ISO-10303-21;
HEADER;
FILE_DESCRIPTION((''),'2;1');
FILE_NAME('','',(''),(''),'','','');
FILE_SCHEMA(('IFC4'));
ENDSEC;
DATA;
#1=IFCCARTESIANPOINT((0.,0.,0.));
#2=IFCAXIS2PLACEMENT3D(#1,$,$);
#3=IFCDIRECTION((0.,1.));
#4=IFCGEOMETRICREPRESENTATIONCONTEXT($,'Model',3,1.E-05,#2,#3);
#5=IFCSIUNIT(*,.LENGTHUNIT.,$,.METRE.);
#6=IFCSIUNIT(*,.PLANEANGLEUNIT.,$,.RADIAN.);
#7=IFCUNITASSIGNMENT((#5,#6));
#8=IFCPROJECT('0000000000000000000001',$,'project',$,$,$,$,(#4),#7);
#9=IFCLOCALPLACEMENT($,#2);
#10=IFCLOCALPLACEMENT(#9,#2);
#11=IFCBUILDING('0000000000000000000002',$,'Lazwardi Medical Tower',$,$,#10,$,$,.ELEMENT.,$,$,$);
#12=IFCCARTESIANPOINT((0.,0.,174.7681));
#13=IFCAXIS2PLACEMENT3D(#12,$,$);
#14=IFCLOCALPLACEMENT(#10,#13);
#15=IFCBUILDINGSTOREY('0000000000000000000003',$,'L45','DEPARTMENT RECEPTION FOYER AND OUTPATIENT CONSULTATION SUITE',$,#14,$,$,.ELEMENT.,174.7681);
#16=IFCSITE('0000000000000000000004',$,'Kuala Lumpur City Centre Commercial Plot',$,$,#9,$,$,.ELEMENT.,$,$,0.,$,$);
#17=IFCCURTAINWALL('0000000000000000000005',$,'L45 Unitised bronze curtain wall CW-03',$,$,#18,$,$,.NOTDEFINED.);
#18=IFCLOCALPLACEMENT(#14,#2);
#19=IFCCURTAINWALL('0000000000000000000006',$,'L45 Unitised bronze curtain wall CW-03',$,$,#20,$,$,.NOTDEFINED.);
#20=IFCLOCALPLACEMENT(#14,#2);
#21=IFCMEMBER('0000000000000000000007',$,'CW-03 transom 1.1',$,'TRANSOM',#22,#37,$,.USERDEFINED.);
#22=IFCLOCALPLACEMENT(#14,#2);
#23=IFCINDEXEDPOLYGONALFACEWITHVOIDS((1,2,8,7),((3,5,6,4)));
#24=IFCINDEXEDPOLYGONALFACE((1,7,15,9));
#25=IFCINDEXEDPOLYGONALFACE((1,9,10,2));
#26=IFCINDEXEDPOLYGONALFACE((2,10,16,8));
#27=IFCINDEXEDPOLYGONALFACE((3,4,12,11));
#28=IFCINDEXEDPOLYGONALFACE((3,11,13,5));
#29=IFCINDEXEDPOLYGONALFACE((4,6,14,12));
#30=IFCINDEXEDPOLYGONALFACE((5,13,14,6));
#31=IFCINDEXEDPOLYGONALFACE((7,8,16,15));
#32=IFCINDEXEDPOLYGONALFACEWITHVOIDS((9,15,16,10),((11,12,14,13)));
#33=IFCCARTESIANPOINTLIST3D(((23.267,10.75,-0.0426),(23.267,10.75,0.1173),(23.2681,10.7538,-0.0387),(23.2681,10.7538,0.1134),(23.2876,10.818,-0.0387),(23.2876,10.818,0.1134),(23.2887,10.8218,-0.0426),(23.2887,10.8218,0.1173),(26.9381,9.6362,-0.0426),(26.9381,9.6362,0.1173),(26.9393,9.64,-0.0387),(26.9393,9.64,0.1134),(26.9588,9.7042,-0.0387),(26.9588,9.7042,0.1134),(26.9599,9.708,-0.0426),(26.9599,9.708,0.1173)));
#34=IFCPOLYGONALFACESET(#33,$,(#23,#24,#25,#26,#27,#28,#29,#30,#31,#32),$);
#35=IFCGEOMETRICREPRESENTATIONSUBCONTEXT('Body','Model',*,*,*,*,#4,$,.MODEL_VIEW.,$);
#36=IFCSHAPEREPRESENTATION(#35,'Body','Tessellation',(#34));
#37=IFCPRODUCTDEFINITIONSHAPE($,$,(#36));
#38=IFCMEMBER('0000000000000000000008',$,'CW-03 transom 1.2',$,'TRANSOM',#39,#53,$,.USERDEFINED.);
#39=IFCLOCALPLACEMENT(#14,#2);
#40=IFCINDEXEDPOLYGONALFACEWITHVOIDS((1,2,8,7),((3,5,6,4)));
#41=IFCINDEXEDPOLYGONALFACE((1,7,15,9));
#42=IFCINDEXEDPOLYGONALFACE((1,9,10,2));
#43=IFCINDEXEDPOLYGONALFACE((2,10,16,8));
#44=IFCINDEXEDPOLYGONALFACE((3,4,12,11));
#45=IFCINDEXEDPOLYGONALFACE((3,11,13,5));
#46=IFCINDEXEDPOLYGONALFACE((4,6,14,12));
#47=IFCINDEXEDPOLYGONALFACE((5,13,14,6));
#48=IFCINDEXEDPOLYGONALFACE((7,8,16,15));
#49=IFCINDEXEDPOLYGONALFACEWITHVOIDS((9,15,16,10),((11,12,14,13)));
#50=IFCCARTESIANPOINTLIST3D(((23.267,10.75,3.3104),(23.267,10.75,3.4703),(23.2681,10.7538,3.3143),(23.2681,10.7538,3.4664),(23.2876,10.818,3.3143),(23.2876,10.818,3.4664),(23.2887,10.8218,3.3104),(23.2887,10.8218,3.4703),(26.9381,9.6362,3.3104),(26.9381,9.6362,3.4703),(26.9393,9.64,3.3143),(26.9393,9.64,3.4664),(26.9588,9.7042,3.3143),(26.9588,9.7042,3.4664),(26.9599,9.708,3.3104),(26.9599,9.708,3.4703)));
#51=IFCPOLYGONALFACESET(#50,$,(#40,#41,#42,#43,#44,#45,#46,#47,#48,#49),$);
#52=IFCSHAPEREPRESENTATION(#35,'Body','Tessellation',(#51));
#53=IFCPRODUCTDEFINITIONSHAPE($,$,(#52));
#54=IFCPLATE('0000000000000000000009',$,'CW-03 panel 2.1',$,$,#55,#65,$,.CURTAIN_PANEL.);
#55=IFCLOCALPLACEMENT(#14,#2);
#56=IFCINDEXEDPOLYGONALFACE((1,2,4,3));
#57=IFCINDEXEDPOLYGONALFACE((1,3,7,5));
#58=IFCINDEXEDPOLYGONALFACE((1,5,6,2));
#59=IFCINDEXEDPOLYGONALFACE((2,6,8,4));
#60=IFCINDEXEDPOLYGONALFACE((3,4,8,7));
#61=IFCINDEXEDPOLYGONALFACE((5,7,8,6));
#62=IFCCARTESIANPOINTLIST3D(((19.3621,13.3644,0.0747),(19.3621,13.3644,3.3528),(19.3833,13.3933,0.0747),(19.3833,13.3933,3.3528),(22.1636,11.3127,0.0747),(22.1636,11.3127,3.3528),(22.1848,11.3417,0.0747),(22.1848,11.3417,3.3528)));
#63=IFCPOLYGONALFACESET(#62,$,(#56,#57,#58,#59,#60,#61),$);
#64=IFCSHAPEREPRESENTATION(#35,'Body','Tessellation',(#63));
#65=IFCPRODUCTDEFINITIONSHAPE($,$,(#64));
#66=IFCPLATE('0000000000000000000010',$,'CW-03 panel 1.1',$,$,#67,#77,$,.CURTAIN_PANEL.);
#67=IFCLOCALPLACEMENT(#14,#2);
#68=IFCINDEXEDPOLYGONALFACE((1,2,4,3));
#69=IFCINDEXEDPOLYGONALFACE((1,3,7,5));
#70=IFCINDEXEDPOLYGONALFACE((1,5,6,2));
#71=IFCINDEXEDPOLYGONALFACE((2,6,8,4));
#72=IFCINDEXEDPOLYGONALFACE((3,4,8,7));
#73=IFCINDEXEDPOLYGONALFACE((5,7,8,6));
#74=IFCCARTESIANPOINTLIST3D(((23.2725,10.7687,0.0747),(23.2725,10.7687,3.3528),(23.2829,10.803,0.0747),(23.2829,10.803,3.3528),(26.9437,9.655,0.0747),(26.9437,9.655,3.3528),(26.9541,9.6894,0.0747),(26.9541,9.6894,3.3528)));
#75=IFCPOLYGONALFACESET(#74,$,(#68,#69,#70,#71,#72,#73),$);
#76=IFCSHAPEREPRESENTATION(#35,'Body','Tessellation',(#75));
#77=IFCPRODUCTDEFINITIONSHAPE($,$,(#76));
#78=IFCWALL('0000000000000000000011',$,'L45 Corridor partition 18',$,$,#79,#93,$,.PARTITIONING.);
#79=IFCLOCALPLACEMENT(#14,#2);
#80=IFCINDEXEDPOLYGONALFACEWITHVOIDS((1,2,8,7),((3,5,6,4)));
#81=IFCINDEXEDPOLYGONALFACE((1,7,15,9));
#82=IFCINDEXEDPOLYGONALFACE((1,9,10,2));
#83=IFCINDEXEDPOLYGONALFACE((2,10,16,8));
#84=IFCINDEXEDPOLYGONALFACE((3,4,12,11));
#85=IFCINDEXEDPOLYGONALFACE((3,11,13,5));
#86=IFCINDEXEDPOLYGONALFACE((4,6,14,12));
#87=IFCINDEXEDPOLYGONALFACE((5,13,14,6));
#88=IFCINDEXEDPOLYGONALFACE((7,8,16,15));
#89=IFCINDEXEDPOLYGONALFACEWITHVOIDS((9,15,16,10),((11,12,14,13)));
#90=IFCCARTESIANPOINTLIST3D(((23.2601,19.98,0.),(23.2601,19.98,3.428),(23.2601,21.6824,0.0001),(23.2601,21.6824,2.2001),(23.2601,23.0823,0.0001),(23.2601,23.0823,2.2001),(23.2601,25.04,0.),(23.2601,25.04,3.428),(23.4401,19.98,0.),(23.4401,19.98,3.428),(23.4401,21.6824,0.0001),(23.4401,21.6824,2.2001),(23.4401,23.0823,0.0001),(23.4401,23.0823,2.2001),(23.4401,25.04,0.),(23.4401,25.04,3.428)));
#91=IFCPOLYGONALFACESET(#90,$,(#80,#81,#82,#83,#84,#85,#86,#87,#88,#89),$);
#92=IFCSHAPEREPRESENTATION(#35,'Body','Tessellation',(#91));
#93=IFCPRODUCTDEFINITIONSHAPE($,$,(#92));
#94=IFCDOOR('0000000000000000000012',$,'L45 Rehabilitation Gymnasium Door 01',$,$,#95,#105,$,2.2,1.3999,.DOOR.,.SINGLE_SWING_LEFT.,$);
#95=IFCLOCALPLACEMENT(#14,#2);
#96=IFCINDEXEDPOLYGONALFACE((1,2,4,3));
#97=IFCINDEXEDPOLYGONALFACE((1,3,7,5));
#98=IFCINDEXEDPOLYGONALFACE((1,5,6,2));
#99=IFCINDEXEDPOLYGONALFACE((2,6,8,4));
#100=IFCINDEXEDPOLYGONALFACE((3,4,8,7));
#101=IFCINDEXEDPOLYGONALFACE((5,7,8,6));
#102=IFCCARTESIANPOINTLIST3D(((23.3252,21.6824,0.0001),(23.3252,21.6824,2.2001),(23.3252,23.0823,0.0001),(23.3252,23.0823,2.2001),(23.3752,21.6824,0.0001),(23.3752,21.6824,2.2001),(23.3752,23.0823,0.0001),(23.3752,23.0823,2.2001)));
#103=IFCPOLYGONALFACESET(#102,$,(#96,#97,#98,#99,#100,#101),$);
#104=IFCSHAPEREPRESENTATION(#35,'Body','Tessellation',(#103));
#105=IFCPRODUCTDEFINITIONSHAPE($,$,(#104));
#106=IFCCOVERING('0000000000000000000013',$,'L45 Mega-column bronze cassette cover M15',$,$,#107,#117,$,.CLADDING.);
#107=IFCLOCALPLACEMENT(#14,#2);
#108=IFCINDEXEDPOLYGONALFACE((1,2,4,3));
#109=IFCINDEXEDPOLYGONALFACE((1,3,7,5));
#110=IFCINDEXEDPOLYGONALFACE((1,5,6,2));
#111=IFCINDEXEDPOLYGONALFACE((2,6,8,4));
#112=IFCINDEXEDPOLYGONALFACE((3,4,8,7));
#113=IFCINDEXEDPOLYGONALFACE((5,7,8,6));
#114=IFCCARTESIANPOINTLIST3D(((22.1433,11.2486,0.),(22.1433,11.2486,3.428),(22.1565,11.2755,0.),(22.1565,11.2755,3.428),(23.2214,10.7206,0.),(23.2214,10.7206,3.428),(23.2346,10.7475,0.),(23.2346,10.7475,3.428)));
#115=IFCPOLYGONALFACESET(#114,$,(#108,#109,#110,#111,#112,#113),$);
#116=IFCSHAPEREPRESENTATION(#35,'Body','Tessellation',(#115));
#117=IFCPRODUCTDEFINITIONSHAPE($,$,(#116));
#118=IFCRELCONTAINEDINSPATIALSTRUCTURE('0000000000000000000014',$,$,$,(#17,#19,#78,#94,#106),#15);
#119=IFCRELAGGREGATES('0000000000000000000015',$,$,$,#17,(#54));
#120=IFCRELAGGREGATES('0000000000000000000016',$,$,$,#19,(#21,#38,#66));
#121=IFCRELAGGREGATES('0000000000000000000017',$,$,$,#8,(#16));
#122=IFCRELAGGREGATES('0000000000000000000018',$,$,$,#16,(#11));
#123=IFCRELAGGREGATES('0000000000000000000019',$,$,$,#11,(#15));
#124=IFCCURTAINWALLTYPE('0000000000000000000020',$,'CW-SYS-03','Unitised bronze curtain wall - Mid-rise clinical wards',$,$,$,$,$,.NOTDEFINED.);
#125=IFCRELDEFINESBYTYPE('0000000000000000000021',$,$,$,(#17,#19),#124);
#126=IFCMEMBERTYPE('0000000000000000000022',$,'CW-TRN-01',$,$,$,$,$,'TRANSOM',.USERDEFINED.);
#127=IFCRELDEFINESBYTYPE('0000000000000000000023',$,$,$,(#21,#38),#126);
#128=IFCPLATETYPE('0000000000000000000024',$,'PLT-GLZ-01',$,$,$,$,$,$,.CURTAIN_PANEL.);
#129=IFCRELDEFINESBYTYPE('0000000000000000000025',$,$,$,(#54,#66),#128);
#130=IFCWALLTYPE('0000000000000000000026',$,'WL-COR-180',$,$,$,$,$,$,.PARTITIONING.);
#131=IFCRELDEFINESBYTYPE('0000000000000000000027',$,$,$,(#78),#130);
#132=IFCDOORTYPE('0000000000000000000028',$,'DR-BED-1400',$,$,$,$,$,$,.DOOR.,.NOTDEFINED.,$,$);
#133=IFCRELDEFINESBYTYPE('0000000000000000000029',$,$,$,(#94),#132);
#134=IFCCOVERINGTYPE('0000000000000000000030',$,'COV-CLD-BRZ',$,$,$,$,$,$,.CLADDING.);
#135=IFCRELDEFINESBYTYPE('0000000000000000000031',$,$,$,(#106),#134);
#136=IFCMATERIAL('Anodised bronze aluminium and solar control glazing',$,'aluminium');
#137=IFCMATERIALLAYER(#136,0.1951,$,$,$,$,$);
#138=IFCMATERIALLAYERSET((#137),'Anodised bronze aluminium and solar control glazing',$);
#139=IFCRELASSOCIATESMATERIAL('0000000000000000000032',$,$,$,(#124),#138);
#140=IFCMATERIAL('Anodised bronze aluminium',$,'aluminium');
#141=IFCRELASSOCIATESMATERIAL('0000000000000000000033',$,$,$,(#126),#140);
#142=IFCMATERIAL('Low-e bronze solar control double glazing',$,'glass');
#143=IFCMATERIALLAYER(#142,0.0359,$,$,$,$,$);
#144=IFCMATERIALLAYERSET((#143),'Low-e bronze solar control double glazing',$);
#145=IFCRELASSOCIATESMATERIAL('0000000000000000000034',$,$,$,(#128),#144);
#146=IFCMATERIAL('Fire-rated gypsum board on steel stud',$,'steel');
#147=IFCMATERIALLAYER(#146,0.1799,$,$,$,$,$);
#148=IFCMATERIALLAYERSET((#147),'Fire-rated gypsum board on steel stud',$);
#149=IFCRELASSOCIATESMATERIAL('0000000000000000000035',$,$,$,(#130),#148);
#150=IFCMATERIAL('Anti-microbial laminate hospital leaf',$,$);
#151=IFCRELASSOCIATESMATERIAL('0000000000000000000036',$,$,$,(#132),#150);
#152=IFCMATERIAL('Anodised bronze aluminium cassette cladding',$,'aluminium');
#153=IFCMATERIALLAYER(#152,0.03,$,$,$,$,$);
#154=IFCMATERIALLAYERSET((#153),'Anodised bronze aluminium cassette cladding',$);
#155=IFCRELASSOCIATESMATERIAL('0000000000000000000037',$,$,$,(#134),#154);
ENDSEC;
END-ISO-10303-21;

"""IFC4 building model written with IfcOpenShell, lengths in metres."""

from ifc_helpers import new_model, si_unit, direction, frame, frame_2d, origin, origin_2d, place, context, subcontext, project, spatial, rectangle, hollow_rectangle, extrude, material, layer, layer_set, material_profile, profile_set, type_object, element, fill, aggregate, save


model = new_model("IFC4")

# Units and contexts
model_context = context("Model", 3, precision=1e-05, world=origin(), true_north=direction((0.0, 1.0)))
body_context = subcontext(model_context, "Body", "Model", "MODEL_VIEW")
ifc_project = project(units=[si_unit("LENGTHUNIT", "METRE"), si_unit("PLANEANGLEUNIT", "RADIAN")], contexts=[model_context])

# Site, building, storey
site_placement = place(None, origin())
site = spatial("IfcSite", under=ifc_project, at=site_placement, Name="Kuala Lumpur City Centre Commercial Plot", CompositionType="ELEMENT", RefElevation=0.0)
building_placement = place(site_placement, origin())
building = spatial("IfcBuilding", under=site, at=building_placement, Name="Lazwardi Medical Tower", CompositionType="ELEMENT")
storey_placement = place(building_placement, frame((0.0, 0.0, 174.7681)))
storey = spatial("IfcBuildingStorey", under=building, at=storey_placement, Name="L45", Description="DEPARTMENT RECEPTION FOYER AND OUTPATIENT CONSULTATION SUITE", CompositionType="ELEMENT", Elevation=174.7681)

# Curtain wall
ifc_material_1 = material(Name="Anodised bronze aluminium and solar control glazing", Category="aluminium")
ifc_layer_1 = layer(ifc_material_1, 0.1951)
ifc_layer_set_1 = layer_set([ifc_layer_1], Name="Anodised bronze aluminium and solar control glazing")
curtain_wall_type = type_object("IfcCurtainWallType", Name="CW-SYS-03", Description="Unitised bronze curtain wall - Mid-rise clinical wards", PredefinedType="NOTDEFINED", material=ifc_layer_set_1)
curtain_wall_1_placement = place(storey_placement, origin())
curtain_wall_1 = element("IfcCurtainWall", 1, at=curtain_wall_1_placement, inside=storey, type_object=curtain_wall_type, Name="L45 Unitised bronze curtain wall CW-03", PredefinedType="NOTDEFINED")
ifc_material_2 = material(Name="Anodised bronze aluminium", Category="aluminium")

# Curtain wall
curtain_wall_2_placement = place(storey_placement, origin())
curtain_wall_2 = element("IfcCurtainWall", 2, at=curtain_wall_2_placement, inside=storey, type_object=curtain_wall_type, Name="L45 Unitised bronze curtain wall CW-03", PredefinedType="NOTDEFINED")

# Members
ifc_material_profile_1 = material_profile(ifc_material_2, hollow_rectangle(XDim=0.075, YDim=0.1599, WallThickness=0.0039, at=origin_2d()), Name="ALU-TRANSOM 160x75x4")
ifc_profile_set_1 = profile_set([ifc_material_profile_1], Name="Anodised bronze aluminium")
member_type_1 = type_object("IfcMemberType", Name="CW-TRN-01", ElementType="TRANSOM", PredefinedType="USERDEFINED", material=ifc_profile_set_1)
member_1_placement = place(storey_placement, frame((23.2778, 10.7859, 0.0374), z_axis=(0.95693, -0.290318, 0.0), x_axis=(0.290318, 0.95693, 0.0)))
member_1 = element("IfcMember", 3, at=member_1_placement, type_object=member_type_1, Name="CW-03 transom 1.1", ObjectType="TRANSOM", PredefinedType="USERDEFINED", context=body_context, shape_type="SweptSolid", body=[
    extrude(hollow_rectangle(XDim=0.075, YDim=0.1599, WallThickness=0.0039, at=origin_2d()), origin(), (0.0, 0.0, 1.0), 3.8364),
])
member_2_placement = place(storey_placement, frame((23.2778, 10.7859, 3.3904), z_axis=(0.95693, -0.290318, 0.0), x_axis=(0.290318, 0.95693, 0.0)))
member_2 = element("IfcMember", 4, at=member_2_placement, type_object=member_type_1, Name="CW-03 transom 1.2", ObjectType="TRANSOM", PredefinedType="USERDEFINED", context=body_context, shape_type="SweptSolid", body=[
    extrude(hollow_rectangle(XDim=0.075, YDim=0.1599, WallThickness=0.0039, at=origin_2d()), origin(), (0.0, 0.0, 1.0), 3.8364),
])

# Plates
ifc_material_3 = material(Name="Low-e bronze solar control double glazing", Category="glass")
ifc_layer_2 = layer(ifc_material_3, 0.0359)
ifc_layer_set_2 = layer_set([ifc_layer_2], Name="Low-e bronze solar control double glazing")
plate_type = type_object("IfcPlateType", Name="PLT-GLZ-01", PredefinedType="CURTAIN_PANEL", material=ifc_layer_set_2)
plate_1_placement = place(storey_placement, frame((20.7734, 12.353, 0.0747), z_axis=(0.0, 0.0, 1.0), x_axis=(0.806793, -0.590834, 0.0)))
plate_1 = element("IfcPlate", 5, at=plate_1_placement, type_object=plate_type, Name="CW-03 panel 2.1", PredefinedType="CURTAIN_PANEL", context=body_context, shape_type="SweptSolid", body=[
    extrude(rectangle(XDim=3.4724, YDim=0.0359, at=origin_2d()), origin(), (0.0, 0.0, 1.0), 3.2781),
])
aggregate(curtain_wall_1, [plate_1])
plate_2_placement = place(storey_placement, frame((25.1133, 10.229, 0.0747), z_axis=(0.0, 0.0, 1.0), x_axis=(0.956942, -0.290281, 0.0)))
plate_2 = element("IfcPlate", 6, at=plate_2_placement, type_object=plate_type, Name="CW-03 panel 1.1", PredefinedType="CURTAIN_PANEL", context=body_context, shape_type="SweptSolid", body=[
    extrude(rectangle(XDim=3.8364, YDim=0.0359, at=origin_2d()), origin(), (0.0, 0.0, 1.0), 3.2781),
])
aggregate(curtain_wall_2, [member_1, member_2, plate_2])

# Wall, opening, door
ifc_material_4 = material(Name="Fire-rated gypsum board on steel stud", Category="steel")
ifc_layer_3 = layer(ifc_material_4, 0.1799)
ifc_layer_set_3 = layer_set([ifc_layer_3], Name="Fire-rated gypsum board on steel stud")
wall_type = type_object("IfcWallType", Name="WL-COR-180", PredefinedType="PARTITIONING", material=ifc_layer_set_3)
wall_placement = place(storey_placement, frame((23.3501, 19.98, 0.0), z_axis=(0.0, 0.0, 1.0), x_axis=(0.0, 1.0, 0.0)))
wall = element("IfcWall", 7, at=wall_placement, inside=storey, type_object=wall_type, Name="L45 Corridor partition 18", PredefinedType="PARTITIONING", context=body_context, shape_type="SweptSolid", body=[
    extrude(rectangle(XDim=5.0601, YDim=0.1799, at=frame_2d((2.53, 0.0))), origin(), (0.0, 0.0, 1.0), 3.428),
])
opening_placement = place(wall_placement, frame((1.7024, 0.0, 0.0)))
opening = element("IfcOpeningElement", 8, at=opening_placement, cuts=wall, PredefinedType="OPENING", context=body_context, shape_type="SweptSolid", body=[
    extrude(rectangle(XDim=1.3999, YDim=2.2, at=frame_2d((0.7, 1.1001))), frame((0.0, 0.0999, 0.0), z_axis=(0.0, -1.0, 0.0), x_axis=(1.0, 0.0, 0.0)), (0.0, 0.0, 1.0), 0.2),
])
ifc_material_5 = material(Name="Anti-microbial laminate hospital leaf")
door_type = type_object("IfcDoorType", Name="DR-BED-1400", OperationType="NOTDEFINED", PredefinedType="DOOR", material=ifc_material_5)
door_placement = place(opening_placement, origin())
door = element("IfcDoor", 9, at=door_placement, inside=storey, type_object=door_type, Name="L45 Rehabilitation Gymnasium Door 01", OperationType="SINGLE_SWING_LEFT", OverallHeight=2.2, OverallWidth=1.3999, PredefinedType="DOOR", context=body_context, shape_type="SweptSolid", body=[
    extrude(rectangle(XDim=1.3999, YDim=2.2, at=frame_2d((0.7, 1.1001))), frame((0.0, 0.0249, 0.0), z_axis=(0.0, -1.0, 0.0), x_axis=(1.0, 0.0, 0.0)), (0.0, 0.0, 1.0), 0.05),
])
fill(opening, door)

# Covering
ifc_material_6 = material(Name="Anodised bronze aluminium cassette cladding", Category="aluminium")
ifc_layer_4 = layer(ifc_material_6, 0.03)
ifc_layer_set_4 = layer_set([ifc_layer_4], Name="Anodised bronze aluminium cassette cladding")
covering_type = type_object("IfcCoveringType", Name="COV-CLD-BRZ", PredefinedType="CLADDING", material=ifc_layer_set_4)
covering_placement = place(storey_placement, frame((22.689, 10.998, 0.0), z_axis=(0.0, 0.0, 1.0), x_axis=(0.898079, -0.439834, 0.0)))
element("IfcCovering", 10, at=covering_placement, inside=storey, type_object=covering_type, Name="L45 Mega-column bronze cassette cover M15", PredefinedType="CLADDING", context=body_context, shape_type="SweptSolid", body=[
    extrude(rectangle(XDim=1.2004, YDim=0.03, at=origin_2d()), origin(), (0.0, 0.0, 1.0), 3.428),
])

save(model, "model.ifc")
